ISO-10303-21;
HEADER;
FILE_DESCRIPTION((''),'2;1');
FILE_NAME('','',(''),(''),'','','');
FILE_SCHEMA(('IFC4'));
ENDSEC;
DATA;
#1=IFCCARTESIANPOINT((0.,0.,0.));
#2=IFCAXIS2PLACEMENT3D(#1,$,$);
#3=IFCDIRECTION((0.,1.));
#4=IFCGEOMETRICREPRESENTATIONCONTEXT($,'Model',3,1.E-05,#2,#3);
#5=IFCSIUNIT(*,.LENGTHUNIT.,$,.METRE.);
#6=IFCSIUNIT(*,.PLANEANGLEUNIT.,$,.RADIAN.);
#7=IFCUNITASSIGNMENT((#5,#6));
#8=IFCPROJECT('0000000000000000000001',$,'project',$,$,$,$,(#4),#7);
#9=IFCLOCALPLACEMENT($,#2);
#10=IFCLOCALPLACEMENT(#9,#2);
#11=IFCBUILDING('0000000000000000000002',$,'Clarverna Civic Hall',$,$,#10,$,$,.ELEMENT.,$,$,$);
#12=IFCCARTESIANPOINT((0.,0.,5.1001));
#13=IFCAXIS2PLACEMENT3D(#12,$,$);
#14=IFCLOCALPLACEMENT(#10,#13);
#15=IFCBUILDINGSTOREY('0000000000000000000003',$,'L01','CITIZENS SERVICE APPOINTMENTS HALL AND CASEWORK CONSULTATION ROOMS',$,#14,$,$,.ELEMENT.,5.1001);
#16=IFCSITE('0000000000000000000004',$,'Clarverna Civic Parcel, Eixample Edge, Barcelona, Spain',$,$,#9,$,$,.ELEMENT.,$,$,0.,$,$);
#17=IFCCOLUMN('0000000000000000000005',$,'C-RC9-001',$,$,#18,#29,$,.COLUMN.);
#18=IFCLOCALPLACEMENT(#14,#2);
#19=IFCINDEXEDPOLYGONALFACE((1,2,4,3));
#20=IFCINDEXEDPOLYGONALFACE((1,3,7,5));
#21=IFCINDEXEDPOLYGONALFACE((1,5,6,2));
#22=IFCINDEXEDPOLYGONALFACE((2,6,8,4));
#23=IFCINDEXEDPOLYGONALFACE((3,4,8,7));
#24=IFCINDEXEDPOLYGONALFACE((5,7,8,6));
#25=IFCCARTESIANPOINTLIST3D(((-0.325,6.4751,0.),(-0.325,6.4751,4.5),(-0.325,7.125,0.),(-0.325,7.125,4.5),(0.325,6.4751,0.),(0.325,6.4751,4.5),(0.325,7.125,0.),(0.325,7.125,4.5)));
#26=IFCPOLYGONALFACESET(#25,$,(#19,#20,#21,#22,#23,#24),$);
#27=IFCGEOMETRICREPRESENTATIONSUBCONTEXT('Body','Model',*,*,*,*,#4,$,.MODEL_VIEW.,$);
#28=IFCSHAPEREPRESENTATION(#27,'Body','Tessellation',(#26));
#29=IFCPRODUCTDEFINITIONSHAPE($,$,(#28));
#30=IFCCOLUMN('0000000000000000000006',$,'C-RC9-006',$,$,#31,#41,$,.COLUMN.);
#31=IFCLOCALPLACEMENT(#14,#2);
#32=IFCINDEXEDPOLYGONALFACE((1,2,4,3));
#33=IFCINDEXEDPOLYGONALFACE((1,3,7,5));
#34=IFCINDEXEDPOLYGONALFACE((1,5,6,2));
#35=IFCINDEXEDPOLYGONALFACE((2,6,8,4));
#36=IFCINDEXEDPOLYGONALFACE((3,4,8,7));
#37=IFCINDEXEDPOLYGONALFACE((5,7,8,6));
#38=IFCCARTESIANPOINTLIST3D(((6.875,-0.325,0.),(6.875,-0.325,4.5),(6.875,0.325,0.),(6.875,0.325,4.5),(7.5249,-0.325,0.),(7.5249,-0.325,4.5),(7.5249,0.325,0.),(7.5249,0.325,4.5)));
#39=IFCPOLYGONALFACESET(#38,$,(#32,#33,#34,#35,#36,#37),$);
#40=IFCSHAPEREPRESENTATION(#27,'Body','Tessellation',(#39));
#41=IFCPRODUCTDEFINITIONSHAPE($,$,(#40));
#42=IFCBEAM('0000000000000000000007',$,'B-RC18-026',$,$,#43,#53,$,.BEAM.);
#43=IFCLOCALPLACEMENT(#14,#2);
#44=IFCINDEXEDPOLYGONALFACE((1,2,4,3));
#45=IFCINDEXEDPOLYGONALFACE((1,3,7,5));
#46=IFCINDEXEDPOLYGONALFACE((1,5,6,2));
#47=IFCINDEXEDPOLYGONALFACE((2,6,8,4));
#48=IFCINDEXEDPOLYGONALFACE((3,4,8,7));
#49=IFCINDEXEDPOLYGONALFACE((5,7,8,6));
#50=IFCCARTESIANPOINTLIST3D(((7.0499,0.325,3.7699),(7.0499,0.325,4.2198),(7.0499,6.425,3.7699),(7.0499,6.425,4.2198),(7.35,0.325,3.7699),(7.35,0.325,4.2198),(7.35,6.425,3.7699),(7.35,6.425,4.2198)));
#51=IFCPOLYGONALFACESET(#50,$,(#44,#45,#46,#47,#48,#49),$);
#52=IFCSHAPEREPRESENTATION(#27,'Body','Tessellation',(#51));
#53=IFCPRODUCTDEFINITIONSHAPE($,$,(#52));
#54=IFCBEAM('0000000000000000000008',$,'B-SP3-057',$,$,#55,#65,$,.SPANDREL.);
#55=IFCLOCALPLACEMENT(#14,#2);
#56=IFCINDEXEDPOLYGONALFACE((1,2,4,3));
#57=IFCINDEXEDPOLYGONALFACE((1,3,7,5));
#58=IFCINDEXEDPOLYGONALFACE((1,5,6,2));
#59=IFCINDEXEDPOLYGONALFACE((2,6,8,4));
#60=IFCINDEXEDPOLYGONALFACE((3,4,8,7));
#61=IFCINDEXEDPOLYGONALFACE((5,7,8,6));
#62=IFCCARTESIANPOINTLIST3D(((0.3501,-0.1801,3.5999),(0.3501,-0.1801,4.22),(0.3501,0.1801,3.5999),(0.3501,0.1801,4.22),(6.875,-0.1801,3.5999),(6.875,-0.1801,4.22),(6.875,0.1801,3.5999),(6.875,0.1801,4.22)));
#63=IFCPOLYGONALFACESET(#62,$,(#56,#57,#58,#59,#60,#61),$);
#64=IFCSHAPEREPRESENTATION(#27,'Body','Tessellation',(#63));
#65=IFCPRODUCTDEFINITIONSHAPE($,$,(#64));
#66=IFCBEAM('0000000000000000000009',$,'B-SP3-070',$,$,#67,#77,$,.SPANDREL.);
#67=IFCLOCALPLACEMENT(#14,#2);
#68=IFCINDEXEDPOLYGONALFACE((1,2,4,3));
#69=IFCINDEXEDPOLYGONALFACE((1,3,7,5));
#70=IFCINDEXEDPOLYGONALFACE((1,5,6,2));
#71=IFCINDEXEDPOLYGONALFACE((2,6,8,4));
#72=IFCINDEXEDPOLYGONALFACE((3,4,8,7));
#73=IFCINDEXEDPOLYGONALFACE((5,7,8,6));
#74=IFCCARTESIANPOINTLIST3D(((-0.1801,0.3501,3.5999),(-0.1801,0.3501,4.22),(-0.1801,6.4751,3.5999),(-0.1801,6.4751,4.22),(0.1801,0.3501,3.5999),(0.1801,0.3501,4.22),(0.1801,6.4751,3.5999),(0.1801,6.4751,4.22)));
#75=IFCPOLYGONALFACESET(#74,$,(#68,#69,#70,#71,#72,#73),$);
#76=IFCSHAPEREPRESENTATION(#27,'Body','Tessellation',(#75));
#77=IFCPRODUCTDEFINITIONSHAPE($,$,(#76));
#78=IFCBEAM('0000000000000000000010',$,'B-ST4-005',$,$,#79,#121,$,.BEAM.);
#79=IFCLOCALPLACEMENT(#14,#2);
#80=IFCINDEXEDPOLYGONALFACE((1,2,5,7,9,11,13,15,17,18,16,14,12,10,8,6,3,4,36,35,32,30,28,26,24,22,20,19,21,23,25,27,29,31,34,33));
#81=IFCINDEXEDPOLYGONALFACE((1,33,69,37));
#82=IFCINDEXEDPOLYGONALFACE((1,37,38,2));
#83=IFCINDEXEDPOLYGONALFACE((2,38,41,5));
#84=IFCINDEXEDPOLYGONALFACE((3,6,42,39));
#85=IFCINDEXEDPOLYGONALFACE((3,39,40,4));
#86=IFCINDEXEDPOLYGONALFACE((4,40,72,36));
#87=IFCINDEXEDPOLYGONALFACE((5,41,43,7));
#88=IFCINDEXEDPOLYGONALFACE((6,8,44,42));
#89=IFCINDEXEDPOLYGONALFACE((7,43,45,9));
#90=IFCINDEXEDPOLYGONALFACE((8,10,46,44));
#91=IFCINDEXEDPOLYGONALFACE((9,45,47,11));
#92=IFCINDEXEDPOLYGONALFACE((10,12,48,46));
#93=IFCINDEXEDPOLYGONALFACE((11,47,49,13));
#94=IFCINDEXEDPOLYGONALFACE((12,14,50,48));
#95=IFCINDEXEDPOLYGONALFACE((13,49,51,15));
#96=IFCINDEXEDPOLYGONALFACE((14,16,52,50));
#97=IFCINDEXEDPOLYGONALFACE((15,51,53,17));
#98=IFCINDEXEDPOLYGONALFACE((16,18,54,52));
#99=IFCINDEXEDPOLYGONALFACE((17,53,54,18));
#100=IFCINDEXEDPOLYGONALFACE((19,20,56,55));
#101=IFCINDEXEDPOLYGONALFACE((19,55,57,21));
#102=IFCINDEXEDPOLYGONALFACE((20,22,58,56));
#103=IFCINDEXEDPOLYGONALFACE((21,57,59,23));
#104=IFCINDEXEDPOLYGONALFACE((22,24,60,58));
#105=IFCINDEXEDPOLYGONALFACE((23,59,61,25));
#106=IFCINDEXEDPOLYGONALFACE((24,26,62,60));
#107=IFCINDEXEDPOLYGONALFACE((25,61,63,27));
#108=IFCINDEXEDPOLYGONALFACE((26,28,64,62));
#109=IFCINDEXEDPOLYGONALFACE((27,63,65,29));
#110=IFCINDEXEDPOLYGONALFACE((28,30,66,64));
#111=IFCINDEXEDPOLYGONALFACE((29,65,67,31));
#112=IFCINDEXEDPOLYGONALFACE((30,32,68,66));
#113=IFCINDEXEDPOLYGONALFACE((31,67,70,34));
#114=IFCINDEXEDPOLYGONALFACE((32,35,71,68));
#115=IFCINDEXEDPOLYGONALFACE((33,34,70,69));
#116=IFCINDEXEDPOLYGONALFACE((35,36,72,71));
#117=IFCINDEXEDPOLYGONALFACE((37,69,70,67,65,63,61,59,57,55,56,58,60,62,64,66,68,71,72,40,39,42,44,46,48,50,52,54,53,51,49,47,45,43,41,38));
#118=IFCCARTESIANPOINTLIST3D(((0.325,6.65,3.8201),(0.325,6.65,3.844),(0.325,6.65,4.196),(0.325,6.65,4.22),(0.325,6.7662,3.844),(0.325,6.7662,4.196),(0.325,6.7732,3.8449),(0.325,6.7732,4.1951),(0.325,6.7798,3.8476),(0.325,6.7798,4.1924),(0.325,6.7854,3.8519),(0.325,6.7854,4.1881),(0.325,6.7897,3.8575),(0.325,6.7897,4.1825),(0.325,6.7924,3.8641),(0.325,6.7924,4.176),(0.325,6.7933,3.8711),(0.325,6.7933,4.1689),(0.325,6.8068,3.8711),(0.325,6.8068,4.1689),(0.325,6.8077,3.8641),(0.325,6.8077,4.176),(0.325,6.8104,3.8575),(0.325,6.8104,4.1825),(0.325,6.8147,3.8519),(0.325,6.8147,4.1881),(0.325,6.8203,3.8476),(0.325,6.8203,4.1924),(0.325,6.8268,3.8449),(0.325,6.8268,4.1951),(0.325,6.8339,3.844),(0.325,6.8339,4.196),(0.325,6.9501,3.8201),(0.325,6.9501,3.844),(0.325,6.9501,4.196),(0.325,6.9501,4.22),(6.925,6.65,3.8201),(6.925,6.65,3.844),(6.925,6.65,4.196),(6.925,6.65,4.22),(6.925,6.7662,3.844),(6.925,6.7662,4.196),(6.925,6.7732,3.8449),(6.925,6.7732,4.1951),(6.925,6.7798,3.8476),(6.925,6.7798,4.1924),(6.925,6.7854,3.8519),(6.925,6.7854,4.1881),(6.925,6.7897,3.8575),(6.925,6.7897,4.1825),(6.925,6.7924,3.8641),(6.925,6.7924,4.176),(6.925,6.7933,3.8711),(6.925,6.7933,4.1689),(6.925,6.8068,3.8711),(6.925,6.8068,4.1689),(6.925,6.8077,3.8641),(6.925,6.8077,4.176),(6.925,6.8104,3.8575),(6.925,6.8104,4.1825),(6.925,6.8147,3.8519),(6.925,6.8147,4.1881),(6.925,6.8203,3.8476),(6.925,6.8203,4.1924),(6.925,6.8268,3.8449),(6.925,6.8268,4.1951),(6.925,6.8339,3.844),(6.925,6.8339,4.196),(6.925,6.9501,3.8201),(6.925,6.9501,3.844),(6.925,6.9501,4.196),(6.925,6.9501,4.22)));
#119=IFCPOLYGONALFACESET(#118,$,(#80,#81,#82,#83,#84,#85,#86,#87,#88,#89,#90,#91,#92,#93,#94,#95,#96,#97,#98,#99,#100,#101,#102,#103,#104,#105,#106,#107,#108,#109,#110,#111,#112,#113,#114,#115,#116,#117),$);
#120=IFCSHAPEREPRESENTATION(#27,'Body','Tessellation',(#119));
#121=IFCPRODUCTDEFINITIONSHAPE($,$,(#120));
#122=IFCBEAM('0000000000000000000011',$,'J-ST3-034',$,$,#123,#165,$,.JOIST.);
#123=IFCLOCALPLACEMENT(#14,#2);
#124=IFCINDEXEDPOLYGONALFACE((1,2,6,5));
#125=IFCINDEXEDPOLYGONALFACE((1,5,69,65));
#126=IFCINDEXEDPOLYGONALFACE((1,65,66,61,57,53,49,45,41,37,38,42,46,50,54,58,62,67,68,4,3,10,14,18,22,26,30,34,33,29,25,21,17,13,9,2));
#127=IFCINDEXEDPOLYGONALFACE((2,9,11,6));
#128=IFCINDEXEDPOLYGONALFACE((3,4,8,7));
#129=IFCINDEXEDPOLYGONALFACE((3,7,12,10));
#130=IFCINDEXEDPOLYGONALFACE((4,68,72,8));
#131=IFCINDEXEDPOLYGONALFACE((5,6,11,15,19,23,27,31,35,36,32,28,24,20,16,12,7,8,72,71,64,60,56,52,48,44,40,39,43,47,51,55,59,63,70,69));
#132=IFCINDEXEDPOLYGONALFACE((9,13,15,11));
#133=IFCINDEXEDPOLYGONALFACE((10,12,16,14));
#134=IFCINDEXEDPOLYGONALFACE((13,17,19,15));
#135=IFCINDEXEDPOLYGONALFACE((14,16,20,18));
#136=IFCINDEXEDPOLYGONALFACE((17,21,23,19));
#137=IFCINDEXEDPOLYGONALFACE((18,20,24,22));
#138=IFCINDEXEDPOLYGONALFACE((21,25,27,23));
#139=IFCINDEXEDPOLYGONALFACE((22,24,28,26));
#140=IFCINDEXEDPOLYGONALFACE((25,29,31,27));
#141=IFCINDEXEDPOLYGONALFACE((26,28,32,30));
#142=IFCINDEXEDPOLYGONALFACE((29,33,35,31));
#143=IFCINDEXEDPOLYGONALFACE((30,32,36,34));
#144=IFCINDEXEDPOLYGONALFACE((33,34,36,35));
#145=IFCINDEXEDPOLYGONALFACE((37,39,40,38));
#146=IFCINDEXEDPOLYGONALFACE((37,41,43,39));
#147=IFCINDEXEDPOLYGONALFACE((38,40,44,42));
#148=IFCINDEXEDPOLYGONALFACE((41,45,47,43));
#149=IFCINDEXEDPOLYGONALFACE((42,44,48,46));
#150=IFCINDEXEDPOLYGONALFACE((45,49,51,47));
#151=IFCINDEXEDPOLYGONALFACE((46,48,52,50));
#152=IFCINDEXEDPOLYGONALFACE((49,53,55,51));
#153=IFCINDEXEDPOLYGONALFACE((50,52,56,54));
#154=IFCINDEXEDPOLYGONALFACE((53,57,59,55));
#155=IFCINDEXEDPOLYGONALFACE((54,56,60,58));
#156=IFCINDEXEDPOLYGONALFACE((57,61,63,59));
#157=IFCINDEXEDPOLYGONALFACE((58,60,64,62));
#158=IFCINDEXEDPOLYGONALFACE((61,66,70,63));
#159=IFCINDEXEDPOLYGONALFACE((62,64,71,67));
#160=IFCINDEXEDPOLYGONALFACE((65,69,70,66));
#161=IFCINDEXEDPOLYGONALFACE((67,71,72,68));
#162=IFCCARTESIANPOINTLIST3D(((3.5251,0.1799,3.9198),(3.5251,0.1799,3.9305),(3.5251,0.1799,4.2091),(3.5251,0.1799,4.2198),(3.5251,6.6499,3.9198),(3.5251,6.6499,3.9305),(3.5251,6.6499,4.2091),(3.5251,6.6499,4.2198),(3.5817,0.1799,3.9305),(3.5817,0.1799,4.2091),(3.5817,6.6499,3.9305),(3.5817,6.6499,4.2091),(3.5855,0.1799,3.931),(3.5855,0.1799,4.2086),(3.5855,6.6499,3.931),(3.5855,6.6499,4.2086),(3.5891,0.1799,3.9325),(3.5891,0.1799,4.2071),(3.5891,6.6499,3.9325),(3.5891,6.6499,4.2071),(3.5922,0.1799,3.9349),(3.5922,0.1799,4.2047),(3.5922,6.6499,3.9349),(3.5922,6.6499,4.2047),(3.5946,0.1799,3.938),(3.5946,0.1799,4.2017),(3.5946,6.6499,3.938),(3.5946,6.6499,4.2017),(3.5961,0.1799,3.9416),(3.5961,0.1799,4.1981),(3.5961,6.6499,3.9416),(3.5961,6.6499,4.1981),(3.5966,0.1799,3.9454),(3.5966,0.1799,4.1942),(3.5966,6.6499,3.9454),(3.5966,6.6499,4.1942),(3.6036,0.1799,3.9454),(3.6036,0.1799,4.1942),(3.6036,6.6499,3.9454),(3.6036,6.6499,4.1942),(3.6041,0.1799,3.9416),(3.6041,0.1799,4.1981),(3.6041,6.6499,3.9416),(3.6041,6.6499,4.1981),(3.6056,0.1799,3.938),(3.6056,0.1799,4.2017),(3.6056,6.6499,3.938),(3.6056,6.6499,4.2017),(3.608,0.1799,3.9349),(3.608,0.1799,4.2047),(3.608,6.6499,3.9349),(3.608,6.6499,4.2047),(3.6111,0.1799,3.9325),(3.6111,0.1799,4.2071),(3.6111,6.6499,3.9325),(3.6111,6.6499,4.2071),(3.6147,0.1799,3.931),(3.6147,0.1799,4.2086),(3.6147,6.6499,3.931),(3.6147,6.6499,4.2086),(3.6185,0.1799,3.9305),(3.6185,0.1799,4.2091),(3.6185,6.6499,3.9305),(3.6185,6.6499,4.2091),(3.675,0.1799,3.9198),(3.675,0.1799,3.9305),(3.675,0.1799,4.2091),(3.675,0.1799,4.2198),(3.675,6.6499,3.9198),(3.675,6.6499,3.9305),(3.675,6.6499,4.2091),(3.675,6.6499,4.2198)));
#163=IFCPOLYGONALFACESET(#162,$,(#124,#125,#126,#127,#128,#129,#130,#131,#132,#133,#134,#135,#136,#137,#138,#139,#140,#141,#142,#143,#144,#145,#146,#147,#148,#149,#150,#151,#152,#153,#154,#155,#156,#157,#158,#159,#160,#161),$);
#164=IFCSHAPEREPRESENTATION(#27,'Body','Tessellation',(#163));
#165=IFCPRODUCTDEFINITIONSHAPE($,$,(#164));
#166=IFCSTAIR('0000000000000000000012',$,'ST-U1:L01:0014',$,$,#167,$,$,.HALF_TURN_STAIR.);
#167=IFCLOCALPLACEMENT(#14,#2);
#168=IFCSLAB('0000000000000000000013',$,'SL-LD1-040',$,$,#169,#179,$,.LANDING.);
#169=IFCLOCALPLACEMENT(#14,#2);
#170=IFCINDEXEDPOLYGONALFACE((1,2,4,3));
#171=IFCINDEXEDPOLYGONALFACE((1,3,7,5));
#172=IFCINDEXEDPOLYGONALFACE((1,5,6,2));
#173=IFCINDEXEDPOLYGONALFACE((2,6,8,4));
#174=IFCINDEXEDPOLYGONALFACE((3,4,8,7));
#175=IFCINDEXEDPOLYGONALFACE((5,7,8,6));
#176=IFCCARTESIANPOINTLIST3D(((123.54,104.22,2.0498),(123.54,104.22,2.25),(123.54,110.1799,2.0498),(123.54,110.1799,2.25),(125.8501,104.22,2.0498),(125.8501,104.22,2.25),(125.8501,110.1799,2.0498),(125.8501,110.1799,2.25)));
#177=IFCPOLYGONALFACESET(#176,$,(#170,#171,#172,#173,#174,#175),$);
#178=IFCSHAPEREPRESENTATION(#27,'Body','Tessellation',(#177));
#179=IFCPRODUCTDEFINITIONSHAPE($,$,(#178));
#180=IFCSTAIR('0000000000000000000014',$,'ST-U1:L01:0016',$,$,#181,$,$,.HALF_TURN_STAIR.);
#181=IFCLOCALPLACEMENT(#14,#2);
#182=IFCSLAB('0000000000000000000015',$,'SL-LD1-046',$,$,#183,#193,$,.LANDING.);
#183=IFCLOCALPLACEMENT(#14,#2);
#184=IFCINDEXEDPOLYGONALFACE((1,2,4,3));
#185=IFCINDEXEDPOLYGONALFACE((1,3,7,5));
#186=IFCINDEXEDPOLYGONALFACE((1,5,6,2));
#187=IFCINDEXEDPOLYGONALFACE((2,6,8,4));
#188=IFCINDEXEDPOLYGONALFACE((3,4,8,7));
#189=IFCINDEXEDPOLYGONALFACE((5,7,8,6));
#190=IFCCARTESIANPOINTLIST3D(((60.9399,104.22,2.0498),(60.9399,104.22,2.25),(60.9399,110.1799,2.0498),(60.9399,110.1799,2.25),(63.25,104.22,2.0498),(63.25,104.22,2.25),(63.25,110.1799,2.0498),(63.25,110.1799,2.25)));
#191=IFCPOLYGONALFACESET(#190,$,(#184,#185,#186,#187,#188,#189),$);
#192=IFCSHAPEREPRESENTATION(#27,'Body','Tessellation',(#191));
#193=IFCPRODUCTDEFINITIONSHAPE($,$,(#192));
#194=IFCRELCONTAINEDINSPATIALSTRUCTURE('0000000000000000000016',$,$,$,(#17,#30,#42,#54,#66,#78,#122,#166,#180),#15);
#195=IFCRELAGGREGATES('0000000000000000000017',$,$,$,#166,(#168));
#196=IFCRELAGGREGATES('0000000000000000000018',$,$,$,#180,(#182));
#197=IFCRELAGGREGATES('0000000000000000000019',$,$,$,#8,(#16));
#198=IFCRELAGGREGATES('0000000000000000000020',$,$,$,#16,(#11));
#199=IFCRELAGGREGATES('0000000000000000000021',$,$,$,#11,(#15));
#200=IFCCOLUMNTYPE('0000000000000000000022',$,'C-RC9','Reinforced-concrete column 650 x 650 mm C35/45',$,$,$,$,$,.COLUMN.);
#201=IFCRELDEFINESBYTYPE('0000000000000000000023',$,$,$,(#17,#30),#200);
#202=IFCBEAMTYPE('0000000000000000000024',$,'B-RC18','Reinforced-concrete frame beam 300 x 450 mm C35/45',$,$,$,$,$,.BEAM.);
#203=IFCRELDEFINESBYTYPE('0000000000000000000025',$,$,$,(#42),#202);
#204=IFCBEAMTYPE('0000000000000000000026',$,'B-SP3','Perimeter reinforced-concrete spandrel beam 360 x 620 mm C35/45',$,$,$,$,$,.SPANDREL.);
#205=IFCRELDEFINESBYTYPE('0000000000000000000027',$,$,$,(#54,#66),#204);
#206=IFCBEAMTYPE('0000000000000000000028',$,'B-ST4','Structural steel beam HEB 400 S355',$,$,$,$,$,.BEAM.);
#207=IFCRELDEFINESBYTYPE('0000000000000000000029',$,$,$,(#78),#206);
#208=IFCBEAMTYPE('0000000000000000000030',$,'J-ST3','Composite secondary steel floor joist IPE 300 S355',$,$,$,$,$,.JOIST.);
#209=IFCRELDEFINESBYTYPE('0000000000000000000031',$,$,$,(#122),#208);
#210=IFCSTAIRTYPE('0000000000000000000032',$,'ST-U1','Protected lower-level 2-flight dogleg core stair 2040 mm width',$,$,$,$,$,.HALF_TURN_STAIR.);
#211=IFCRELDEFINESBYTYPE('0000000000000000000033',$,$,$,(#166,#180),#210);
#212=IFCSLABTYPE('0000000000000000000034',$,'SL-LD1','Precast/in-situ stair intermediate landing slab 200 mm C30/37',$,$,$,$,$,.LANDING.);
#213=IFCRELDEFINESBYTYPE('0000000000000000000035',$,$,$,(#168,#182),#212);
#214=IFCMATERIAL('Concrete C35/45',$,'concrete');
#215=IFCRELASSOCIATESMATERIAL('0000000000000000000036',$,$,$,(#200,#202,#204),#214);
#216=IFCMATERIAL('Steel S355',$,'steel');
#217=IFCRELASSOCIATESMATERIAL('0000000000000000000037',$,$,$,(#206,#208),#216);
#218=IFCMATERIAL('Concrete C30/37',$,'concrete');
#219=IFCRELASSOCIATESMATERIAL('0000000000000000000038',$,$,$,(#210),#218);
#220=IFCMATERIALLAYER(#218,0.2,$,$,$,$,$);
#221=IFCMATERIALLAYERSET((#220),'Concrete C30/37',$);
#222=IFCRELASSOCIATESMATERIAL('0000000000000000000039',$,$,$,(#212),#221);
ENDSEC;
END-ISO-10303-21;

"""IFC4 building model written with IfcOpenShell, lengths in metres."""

from ifc_helpers import new_model, si_unit, direction, frame, origin, origin_2d, place, context, subcontext, project, spatial, polyline, rectangle, i_section, outline, extrude, material, layer, layer_set, material_profile, profile_set, type_object, element, aggregate, save


model = new_model("IFC4")

# Units and contexts
model_context = context("Model", 3, precision=1e-05, world=origin(), true_north=direction((0.0, 1.0)))
body_context = subcontext(model_context, "Body", "Model", "MODEL_VIEW")
ifc_project = project(units=[si_unit("LENGTHUNIT", "METRE"), si_unit("PLANEANGLEUNIT", "RADIAN")], contexts=[model_context])

# Site, building, storey
site_placement = place(None, origin())
site = spatial("IfcSite", under=ifc_project, at=site_placement, Name="Clarverna Civic Parcel, Eixample Edge, Barcelona, Spain", CompositionType="ELEMENT", RefElevation=0.0)
building_placement = place(site_placement, origin())
building = spatial("IfcBuilding", under=site, at=building_placement, Name="Clarverna Civic Hall", CompositionType="ELEMENT")
storey_placement = place(building_placement, frame((0.0, 0.0, 5.1001)))
storey = spatial("IfcBuildingStorey", under=building, at=storey_placement, Name="L01", Description="CITIZENS SERVICE APPOINTMENTS HALL AND CASEWORK CONSULTATION ROOMS", CompositionType="ELEMENT", Elevation=5.1001)

# Columns
ifc_material_1 = material(Name="Concrete C35/45", Category="concrete")
ifc_material_profile_1 = material_profile(ifc_material_1, rectangle(XDim=0.6499, YDim=0.6499, at=origin_2d()), Name="RC 650x650")
ifc_profile_set_1 = profile_set([ifc_material_profile_1], Name="Concrete C35/45")
column_type = type_object("IfcColumnType", Name="C-RC9", Description="Reinforced-concrete column 650 x 650 mm C35/45", PredefinedType="COLUMN", material=ifc_profile_set_1)
for number, where, z_axis, x_axis, name in (
    (1, (0.0, 6.8, 0.0), (0.0, 0.0, 1.0), (1.0, 0.0, 0.0), "C-RC9-001"),
    (2, (7.2, 0.0, 0.0), (0.0, 0.0, 1.0), (1.0, 0.0, 0.0), "C-RC9-006"),
):
    element("IfcColumn", number, at=place(storey_placement, frame(where, z_axis=z_axis, x_axis=x_axis)), inside=storey, type_object=column_type, Name=name, PredefinedType="COLUMN", context=body_context, shape_type="SweptSolid", body=[
        extrude(rectangle(XDim=0.6499, YDim=0.6499, at=origin_2d()), origin(), (0.0, 0.0, 1.0), 4.5),
    ])

# Beams
ifc_material_profile_2 = material_profile(ifc_material_1, rectangle(XDim=0.3, YDim=0.45, at=origin_2d()), Name="RC 300x450")
ifc_profile_set_2 = profile_set([ifc_material_profile_2], Name="Concrete C35/45")
beam_type_1 = type_object("IfcBeamType", Name="B-RC18", Description="Reinforced-concrete frame beam 300 x 450 mm C35/45", PredefinedType="BEAM", material=ifc_profile_set_2)
beam_1_placement = place(storey_placement, frame((7.2, 0.325, 3.9949), z_axis=(0.0, 1.0, 0.0), x_axis=(-1.0, 0.0, 0.0)))
element("IfcBeam", 3, at=beam_1_placement, inside=storey, type_object=beam_type_1, Name="B-RC18-026", PredefinedType="BEAM", context=body_context, shape_type="SweptSolid", body=[
    extrude(rectangle(XDim=0.3, YDim=0.45, at=origin_2d()), origin(), (0.0, 0.0, 1.0), 6.1001),
])
ifc_material_profile_3 = material_profile(ifc_material_1, rectangle(XDim=0.3601, YDim=0.6201, at=origin_2d()), Name="RC 360x620")
ifc_profile_set_3 = profile_set([ifc_material_profile_3], Name="Concrete C35/45")
beam_type_2 = type_object("IfcBeamType", Name="B-SP3", Description="Perimeter reinforced-concrete spandrel beam 360 x 620 mm C35/45", PredefinedType="SPANDREL", material=ifc_profile_set_3)
beam_2_placement = place(storey_placement, frame((0.3501, 0.0, 3.9099), z_axis=(1.0, 0.0, 0.0), x_axis=(0.0, 1.0, 0.0)))
element("IfcBeam", 4, at=beam_2_placement, inside=storey, type_object=beam_type_2, Name="B-SP3-057", PredefinedType="SPANDREL", context=body_context, shape_type="SweptSolid", body=[
    extrude(rectangle(XDim=0.3601, YDim=0.6201, at=origin_2d()), origin(), (0.0, 0.0, 1.0), 6.5249),
])
beam_3_placement = place(storey_placement, frame((0.0, 0.3501, 3.9099), z_axis=(0.0, 1.0, 0.0), x_axis=(-1.0, 0.0, 0.0)))
element("IfcBeam", 5, at=beam_3_placement, inside=storey, type_object=beam_type_2, Name="B-SP3-070", PredefinedType="SPANDREL", context=body_context, shape_type="SweptSolid", body=[
    extrude(rectangle(XDim=0.3601, YDim=0.6201, at=origin_2d()), origin(), (0.0, 0.0, 1.0), 6.125),
])
ifc_material_2 = material(Name="Steel S355", Category="steel")
ifc_material_profile_4 = material_profile(ifc_material_2, i_section(OverallWidth=0.3, OverallDepth=0.3999, WebThickness=0.0134, FlangeThickness=0.0239, FilletRadius=0.0271, at=origin_2d()), Name="HEB 400")
ifc_profile_set_4 = profile_set([ifc_material_profile_4], Name="Steel S355")
beam_type_3 = type_object("IfcBeamType", Name="B-ST4", Description="Structural steel beam HEB 400 S355", PredefinedType="BEAM", material=ifc_profile_set_4)
beam_4_placement = place(storey_placement, frame((0.325, 6.8, 4.02), z_axis=(1.0, 0.0, 0.0), x_axis=(0.0, 1.0, 0.0)))
element("IfcBeam", 6, at=beam_4_placement, inside=storey, type_object=beam_type_3, Name="B-ST4-005", PredefinedType="BEAM", context=body_context, shape_type="SweptSolid", body=[
    extrude(i_section(OverallWidth=0.3, OverallDepth=0.3999, WebThickness=0.0134, FlangeThickness=0.0239, FilletRadius=0.0271, at=origin_2d()), origin(), (0.0, 0.0, 1.0), 6.6001),
])
ifc_material_profile_5 = material_profile(ifc_material_2, i_section(OverallWidth=0.1499, OverallDepth=0.3, WebThickness=0.0071, FlangeThickness=0.0107, FilletRadius=0.0149, at=origin_2d()), Name="IPE 300")
ifc_profile_set_5 = profile_set([ifc_material_profile_5], Name="Steel S355")
beam_type_4 = type_object("IfcBeamType", Name="J-ST3", Description="Composite secondary steel floor joist IPE 300 S355", PredefinedType="JOIST", material=ifc_profile_set_5)
beam_5_placement = place(storey_placement, frame((3.6001, 0.1799, 4.0698), z_axis=(0.0, 1.0, 0.0), x_axis=(-1.0, 0.0, 0.0)))
element("IfcBeam", 7, at=beam_5_placement, inside=storey, type_object=beam_type_4, Name="J-ST3-034", PredefinedType="JOIST", context=body_context, shape_type="SweptSolid", body=[
    extrude(i_section(OverallWidth=0.1499, OverallDepth=0.3, WebThickness=0.0071, FlangeThickness=0.0107, FilletRadius=0.0149, at=origin_2d()), origin(), (0.0, 0.0, 1.0), 6.47),
])

# Stairs, slabs
ifc_material_3 = material(Name="Concrete C30/37", Category="concrete")
stair_type = type_object("IfcStairType", Name="ST-U1", Description="Protected lower-level 2-flight dogleg core stair 2040 mm width", PredefinedType="HALF_TURN_STAIR", material=ifc_material_3)
stair_1_placement = place(storey_placement, origin())
stair_1 = element("IfcStair", 8, at=stair_1_placement, inside=storey, type_object=stair_type, Name="ST-U1:L01:0014", PredefinedType="HALF_TURN_STAIR")
ifc_layer_1 = layer(ifc_material_3, 0.2)
ifc_layer_set_1 = layer_set([ifc_layer_1], Name="Concrete C30/37")
slab_type = type_object("IfcSlabType", Name="SL-LD1", Description="Precast/in-situ stair intermediate landing slab 200 mm C30/37", PredefinedType="LANDING", material=ifc_layer_set_1)
slab_1_placement = place(storey_placement, frame((0.0, 0.0, 2.0498)))
slab_1 = element("IfcSlab", 9, at=slab_1_placement, type_object=slab_type, Name="SL-LD1-040", PredefinedType="LANDING", context=body_context, shape_type="SweptSolid", body=[
    extrude(outline(polyline([(123.54, 104.22), (125.8501, 104.22), (125.8501, 110.1799), (123.54, 110.1799), (123.54, 104.22)])), origin(), (0.0, 0.0, 1.0), 0.2002),
])
aggregate(stair_1, [slab_1])
stair_2_placement = place(storey_placement, origin())
stair_2 = element("IfcStair", 10, at=stair_2_placement, inside=storey, type_object=stair_type, Name="ST-U1:L01:0016", PredefinedType="HALF_TURN_STAIR")
slab_2_placement = place(storey_placement, frame((0.0, 0.0, 2.0498)))
slab_2 = element("IfcSlab", 11, at=slab_2_placement, type_object=slab_type, Name="SL-LD1-046", PredefinedType="LANDING", context=body_context, shape_type="SweptSolid", body=[
    extrude(outline(polyline([(60.9399, 104.22), (63.25, 104.22), (63.25, 110.1799), (60.9399, 110.1799), (60.9399, 104.22)])), origin(), (0.0, 0.0, 1.0), 0.2002),
])
aggregate(stair_2, [slab_2])

save(model, "model.ifc")
